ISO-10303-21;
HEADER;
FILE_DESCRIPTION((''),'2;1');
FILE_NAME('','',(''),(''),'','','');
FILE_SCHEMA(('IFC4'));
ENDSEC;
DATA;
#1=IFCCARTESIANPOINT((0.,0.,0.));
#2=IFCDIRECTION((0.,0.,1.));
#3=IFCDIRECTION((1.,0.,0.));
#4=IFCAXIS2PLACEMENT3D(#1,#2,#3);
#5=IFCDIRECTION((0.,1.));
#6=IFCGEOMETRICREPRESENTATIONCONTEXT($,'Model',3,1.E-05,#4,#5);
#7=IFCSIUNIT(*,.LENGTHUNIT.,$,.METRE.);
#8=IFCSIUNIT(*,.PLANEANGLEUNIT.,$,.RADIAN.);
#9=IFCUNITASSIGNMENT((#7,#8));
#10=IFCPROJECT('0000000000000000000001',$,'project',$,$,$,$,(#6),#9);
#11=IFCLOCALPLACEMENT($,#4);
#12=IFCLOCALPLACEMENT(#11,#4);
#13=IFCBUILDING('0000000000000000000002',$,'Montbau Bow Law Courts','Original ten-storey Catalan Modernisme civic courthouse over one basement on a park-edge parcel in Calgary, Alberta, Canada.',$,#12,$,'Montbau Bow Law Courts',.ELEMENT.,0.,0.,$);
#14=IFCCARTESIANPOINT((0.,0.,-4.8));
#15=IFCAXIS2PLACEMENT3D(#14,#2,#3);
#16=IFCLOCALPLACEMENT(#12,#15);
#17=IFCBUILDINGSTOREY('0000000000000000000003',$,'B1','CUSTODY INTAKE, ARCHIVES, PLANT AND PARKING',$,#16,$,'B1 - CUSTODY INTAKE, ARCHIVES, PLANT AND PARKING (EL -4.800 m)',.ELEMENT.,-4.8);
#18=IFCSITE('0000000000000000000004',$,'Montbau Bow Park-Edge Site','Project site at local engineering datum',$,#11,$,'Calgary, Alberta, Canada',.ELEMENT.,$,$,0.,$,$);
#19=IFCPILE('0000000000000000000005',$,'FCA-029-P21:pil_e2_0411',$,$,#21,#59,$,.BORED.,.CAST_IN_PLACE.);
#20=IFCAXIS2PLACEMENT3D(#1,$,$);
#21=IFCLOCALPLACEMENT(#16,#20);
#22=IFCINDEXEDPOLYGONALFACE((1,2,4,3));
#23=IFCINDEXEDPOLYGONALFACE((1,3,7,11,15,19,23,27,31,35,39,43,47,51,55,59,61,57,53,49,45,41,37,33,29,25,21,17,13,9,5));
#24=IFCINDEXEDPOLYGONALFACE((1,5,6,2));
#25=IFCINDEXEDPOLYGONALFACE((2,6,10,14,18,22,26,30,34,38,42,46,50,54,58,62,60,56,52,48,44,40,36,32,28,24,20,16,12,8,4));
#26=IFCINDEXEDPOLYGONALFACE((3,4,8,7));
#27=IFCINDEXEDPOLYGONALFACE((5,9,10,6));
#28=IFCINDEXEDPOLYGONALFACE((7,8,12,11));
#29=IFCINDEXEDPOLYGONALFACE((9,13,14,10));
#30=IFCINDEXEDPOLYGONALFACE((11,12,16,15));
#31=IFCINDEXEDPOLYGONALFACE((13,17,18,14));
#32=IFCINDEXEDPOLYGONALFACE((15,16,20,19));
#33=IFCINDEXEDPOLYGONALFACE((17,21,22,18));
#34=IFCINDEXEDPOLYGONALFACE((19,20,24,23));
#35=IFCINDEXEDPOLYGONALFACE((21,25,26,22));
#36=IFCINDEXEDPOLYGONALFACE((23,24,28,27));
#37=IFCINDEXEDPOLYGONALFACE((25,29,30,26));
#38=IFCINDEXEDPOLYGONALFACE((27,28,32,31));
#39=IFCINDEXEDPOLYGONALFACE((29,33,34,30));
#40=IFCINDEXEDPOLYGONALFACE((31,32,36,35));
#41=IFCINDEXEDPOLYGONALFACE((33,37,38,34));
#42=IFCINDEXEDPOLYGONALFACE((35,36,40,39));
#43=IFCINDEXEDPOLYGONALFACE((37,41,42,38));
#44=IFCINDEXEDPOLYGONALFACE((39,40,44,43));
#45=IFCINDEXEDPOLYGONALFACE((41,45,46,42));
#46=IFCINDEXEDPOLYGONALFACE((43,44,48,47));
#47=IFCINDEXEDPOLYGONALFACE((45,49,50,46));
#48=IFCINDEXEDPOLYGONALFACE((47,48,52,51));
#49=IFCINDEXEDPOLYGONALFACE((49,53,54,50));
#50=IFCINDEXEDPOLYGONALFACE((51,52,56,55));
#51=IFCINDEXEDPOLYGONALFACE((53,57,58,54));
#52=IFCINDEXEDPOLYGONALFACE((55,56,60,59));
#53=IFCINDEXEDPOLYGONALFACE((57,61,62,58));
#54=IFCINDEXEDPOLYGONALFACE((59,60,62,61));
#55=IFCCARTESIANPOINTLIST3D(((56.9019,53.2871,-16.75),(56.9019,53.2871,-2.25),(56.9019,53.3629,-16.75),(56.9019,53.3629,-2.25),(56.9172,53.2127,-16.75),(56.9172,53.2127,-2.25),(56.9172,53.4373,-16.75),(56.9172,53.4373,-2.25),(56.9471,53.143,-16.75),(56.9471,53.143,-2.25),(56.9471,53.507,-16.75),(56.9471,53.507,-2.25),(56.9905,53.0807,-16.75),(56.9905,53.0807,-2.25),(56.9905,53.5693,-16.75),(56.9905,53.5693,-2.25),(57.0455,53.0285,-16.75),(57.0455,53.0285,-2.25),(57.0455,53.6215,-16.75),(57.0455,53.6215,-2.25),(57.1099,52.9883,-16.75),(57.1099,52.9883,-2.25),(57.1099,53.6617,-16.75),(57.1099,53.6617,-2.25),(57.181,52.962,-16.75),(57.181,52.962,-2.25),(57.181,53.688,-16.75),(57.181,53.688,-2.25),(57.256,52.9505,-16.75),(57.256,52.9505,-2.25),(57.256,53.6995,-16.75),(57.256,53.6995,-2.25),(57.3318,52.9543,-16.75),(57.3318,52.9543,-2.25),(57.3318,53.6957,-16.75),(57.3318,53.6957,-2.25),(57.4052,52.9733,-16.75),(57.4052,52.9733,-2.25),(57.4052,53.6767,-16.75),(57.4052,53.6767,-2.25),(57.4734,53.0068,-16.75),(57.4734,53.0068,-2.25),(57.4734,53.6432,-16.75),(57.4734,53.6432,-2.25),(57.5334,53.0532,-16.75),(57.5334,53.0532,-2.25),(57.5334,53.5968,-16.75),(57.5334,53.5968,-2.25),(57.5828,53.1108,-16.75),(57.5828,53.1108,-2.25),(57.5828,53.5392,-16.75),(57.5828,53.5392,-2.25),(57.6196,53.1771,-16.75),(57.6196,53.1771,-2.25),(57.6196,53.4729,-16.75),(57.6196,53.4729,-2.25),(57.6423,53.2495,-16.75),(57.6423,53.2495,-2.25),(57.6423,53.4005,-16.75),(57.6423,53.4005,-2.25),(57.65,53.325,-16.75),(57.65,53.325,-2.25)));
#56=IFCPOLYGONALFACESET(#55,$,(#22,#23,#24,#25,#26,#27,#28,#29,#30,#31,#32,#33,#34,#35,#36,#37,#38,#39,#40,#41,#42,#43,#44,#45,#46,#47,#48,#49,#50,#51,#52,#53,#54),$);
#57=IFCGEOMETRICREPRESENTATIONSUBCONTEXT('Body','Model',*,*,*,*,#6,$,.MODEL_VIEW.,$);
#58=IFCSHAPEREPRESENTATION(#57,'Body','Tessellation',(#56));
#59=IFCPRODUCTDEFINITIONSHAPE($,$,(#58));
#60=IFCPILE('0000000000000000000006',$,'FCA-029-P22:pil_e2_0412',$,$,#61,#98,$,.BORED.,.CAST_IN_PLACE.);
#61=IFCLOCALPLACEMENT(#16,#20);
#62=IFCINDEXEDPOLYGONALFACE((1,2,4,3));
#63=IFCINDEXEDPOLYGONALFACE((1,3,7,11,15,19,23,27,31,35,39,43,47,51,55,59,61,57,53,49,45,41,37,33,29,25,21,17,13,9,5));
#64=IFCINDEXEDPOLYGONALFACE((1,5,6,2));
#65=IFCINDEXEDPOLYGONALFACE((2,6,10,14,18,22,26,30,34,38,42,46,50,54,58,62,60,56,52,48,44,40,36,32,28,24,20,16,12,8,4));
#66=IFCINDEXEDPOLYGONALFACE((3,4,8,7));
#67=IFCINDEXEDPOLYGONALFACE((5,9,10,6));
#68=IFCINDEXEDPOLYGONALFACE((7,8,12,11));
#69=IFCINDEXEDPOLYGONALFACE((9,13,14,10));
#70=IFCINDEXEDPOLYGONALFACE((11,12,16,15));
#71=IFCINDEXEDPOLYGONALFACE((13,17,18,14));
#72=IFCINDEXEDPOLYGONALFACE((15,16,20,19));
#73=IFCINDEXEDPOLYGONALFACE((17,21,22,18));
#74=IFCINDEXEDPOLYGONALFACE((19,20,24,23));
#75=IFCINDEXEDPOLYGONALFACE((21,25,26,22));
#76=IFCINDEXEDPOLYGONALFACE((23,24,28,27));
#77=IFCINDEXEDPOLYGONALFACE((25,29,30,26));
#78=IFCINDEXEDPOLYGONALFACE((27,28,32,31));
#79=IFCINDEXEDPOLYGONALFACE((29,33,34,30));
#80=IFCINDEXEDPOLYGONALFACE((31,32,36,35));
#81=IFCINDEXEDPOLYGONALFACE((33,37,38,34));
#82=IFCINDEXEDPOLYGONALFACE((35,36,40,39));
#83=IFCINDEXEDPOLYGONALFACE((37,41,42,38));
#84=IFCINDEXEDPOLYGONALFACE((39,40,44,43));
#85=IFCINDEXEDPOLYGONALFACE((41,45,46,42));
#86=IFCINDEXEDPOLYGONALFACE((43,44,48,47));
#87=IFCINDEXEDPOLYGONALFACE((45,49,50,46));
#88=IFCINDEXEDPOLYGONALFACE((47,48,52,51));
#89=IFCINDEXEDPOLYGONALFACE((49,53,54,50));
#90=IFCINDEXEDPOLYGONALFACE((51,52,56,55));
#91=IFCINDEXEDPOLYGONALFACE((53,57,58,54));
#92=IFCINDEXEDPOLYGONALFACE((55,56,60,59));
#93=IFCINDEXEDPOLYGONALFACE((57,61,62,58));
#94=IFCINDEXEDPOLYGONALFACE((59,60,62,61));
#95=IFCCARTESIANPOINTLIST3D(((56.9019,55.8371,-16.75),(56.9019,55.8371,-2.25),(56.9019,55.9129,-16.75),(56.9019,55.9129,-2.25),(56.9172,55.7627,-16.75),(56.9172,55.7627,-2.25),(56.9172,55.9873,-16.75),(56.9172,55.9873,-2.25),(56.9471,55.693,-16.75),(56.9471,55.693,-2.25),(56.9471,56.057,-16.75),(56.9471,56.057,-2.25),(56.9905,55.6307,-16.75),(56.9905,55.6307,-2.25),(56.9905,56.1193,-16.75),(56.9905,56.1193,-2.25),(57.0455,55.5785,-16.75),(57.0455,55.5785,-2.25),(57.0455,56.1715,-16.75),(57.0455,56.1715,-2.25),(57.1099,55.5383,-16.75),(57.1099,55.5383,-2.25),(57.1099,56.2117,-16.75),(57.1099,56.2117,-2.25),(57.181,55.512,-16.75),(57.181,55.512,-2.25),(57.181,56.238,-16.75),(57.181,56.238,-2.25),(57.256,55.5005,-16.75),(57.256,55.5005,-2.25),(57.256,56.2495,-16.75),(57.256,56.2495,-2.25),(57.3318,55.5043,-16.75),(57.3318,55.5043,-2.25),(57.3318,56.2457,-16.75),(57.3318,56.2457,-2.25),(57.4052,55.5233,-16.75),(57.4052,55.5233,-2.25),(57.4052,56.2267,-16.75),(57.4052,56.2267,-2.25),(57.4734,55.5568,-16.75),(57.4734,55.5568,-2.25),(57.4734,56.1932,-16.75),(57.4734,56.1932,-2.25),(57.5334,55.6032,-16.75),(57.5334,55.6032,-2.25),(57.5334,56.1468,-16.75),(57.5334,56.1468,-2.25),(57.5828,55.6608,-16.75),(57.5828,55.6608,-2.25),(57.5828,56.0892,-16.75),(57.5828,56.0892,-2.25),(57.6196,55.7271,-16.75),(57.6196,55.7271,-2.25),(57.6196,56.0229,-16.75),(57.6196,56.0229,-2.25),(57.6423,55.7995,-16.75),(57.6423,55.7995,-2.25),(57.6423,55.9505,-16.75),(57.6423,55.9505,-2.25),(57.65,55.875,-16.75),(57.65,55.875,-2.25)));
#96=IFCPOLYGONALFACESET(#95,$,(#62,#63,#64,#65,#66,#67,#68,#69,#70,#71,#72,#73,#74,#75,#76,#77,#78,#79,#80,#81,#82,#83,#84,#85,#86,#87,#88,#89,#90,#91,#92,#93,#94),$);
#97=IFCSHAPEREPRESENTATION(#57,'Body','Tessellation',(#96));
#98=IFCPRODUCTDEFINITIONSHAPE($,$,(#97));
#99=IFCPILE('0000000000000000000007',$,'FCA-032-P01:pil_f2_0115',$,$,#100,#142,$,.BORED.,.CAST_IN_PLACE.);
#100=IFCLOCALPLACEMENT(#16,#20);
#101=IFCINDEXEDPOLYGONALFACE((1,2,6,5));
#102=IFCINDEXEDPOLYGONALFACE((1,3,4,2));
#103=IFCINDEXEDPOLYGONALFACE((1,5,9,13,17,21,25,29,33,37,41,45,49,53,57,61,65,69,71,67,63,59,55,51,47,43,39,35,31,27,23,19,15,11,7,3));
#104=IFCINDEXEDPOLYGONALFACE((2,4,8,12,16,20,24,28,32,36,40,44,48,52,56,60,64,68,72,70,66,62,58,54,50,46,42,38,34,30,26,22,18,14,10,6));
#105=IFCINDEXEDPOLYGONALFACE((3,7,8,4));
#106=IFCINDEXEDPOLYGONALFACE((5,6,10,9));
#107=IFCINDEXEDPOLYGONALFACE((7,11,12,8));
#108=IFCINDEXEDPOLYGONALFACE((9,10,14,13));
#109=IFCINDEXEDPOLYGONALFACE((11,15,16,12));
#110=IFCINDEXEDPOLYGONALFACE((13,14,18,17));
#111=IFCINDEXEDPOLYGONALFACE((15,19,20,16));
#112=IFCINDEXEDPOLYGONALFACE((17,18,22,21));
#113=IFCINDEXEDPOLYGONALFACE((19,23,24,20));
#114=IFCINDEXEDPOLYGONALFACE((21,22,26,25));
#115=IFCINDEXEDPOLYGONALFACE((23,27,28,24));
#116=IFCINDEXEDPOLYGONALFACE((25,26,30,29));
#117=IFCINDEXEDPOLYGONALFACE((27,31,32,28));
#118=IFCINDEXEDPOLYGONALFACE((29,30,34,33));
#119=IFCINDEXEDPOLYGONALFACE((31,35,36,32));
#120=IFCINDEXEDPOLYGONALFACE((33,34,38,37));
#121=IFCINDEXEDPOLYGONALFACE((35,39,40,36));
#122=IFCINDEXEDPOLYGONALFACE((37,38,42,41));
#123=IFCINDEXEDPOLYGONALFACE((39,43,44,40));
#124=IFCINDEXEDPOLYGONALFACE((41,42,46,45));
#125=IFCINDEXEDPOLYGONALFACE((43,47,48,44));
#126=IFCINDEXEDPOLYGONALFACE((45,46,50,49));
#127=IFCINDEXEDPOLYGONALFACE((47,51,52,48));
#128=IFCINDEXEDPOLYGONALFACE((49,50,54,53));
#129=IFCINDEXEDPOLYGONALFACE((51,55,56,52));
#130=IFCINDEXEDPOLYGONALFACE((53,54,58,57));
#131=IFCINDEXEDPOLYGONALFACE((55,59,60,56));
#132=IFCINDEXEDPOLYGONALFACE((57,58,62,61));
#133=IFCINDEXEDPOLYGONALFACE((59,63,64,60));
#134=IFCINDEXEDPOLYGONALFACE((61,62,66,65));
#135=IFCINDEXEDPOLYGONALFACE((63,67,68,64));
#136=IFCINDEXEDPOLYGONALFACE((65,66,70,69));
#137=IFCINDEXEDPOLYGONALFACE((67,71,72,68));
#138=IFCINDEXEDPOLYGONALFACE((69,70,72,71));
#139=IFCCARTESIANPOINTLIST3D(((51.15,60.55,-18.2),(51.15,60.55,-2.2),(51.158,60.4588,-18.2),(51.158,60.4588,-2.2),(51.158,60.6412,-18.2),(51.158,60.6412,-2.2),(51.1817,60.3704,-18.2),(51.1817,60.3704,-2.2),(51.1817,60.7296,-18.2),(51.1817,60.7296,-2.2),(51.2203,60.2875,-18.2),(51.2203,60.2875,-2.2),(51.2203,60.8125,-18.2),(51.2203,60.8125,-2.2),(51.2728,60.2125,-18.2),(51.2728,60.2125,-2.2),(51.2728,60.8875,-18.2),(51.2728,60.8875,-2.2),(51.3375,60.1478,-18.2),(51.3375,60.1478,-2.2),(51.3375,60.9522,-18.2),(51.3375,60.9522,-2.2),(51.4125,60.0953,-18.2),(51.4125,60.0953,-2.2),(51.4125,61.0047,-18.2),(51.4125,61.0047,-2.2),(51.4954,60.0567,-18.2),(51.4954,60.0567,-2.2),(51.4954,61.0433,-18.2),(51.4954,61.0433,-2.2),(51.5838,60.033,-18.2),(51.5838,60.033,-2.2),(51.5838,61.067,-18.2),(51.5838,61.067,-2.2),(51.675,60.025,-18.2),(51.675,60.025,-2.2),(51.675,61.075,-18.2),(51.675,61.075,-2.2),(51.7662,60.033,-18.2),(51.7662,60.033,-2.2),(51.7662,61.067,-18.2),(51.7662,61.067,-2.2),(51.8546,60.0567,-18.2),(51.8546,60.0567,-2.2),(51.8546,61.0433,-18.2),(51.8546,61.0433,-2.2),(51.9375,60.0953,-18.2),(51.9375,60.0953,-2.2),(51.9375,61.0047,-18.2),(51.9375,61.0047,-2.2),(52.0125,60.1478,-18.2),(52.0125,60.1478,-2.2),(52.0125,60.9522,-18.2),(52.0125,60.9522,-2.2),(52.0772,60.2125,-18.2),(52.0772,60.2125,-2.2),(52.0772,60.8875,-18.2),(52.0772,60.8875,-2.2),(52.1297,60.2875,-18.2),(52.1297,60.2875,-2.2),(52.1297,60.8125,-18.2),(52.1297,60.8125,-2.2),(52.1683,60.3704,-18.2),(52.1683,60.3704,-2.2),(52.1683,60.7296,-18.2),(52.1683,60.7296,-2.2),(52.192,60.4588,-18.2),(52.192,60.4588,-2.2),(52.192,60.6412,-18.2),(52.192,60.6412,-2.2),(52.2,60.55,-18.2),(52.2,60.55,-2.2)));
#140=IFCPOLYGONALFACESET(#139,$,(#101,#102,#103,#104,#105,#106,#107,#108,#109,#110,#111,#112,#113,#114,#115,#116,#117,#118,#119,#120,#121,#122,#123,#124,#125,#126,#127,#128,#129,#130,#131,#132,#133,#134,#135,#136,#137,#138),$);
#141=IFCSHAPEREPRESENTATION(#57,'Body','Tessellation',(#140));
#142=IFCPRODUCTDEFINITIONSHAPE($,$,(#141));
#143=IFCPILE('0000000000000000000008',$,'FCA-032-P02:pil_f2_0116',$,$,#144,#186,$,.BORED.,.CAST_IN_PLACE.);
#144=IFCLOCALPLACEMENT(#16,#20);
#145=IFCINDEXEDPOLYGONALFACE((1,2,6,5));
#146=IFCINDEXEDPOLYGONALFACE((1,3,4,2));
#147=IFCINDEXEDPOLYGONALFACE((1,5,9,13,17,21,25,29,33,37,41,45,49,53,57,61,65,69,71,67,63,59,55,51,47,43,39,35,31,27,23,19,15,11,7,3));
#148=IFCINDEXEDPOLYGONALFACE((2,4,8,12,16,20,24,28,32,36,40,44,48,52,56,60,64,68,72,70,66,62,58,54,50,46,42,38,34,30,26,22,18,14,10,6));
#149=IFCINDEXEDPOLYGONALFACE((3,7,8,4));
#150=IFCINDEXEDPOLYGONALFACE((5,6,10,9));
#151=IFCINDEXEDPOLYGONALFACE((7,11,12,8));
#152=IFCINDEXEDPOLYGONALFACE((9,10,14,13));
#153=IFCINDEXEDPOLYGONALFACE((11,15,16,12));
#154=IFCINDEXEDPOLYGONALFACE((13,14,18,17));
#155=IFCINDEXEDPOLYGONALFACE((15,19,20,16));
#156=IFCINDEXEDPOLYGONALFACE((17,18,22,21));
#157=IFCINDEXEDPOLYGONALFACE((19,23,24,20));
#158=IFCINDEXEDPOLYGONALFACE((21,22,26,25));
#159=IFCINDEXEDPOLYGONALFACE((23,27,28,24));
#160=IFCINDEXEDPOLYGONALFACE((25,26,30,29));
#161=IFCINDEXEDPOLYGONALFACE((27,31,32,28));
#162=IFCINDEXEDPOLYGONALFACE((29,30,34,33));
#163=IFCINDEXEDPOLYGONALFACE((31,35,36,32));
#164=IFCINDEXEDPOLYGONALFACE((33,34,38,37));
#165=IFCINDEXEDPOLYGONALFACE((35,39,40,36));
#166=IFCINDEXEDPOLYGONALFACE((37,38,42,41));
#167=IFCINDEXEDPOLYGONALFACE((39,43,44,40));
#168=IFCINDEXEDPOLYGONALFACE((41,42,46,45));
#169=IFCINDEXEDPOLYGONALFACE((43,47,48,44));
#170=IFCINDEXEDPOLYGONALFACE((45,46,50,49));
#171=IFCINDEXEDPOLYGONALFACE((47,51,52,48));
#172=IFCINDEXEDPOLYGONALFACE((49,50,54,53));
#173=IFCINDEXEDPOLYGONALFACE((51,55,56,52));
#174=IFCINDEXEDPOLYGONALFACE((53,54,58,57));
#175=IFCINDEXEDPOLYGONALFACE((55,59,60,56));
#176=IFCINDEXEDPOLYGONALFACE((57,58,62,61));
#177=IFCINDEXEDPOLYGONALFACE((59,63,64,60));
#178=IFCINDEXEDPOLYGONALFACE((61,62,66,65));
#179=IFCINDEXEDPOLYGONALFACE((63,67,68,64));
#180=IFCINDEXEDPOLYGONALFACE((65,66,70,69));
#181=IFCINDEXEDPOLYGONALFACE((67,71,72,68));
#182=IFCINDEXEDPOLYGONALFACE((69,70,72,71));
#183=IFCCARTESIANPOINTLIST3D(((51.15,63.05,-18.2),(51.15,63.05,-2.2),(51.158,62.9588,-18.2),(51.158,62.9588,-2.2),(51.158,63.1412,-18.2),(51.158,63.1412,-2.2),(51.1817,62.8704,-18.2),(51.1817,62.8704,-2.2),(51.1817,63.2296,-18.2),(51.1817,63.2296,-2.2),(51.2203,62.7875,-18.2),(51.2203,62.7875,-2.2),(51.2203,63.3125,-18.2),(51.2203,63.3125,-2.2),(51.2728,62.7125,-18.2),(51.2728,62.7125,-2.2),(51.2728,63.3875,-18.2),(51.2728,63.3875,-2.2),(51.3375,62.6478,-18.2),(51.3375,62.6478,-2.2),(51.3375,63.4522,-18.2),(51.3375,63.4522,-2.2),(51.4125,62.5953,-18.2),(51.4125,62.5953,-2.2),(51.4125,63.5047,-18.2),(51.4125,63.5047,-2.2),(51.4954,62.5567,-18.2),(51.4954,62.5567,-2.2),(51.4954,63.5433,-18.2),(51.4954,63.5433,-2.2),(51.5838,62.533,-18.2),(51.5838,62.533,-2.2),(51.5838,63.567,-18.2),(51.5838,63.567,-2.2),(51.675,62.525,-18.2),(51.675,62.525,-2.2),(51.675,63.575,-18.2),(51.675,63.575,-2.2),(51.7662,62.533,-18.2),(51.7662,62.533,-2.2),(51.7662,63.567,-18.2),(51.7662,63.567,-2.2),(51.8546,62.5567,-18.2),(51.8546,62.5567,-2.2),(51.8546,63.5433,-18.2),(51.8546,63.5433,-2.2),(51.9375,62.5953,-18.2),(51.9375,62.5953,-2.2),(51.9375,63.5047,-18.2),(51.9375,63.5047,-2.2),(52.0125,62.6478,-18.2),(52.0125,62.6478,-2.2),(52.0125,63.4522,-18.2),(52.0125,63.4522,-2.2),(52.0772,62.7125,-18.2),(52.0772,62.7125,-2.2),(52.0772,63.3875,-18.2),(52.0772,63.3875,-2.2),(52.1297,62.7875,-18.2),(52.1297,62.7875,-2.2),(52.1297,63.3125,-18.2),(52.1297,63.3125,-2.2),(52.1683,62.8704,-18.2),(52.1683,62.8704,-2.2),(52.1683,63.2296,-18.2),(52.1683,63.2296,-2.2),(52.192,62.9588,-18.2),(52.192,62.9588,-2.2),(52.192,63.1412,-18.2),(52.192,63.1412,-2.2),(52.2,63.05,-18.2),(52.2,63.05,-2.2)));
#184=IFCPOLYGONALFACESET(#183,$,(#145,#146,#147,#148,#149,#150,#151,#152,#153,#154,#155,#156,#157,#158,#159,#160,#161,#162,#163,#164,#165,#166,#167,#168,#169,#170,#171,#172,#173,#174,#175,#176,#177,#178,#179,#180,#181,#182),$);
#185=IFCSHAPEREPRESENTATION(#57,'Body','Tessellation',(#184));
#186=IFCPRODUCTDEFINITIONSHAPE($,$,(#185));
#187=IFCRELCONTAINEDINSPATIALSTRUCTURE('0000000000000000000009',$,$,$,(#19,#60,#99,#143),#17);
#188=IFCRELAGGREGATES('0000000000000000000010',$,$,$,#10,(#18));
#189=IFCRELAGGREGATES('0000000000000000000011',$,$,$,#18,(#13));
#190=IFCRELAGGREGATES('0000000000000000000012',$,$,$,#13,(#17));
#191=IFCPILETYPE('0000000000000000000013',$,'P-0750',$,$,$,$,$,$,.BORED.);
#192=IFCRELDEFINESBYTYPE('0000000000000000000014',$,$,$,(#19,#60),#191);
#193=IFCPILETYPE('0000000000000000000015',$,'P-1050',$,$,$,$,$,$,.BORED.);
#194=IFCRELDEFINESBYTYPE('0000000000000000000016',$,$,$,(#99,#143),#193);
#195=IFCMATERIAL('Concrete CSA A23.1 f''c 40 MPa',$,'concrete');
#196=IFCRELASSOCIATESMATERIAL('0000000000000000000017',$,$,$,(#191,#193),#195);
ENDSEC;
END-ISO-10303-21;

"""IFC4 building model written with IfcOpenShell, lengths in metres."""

from ifc_helpers import new_model, si_unit, direction, frame, origin_with_axes, origin_2d_with_axis, place, context, subcontext, project, spatial, circle, extrude, material, material_profile, profile_set, type_object, element, save


model = new_model("IFC4")

# Units and contexts
model_context = context("Model", 3, precision=1e-05, world=origin_with_axes(), true_north=direction((0.0, 1.0)))
body_context = subcontext(model_context, "Body", "Model", "MODEL_VIEW")
ifc_project = project(units=[si_unit("LENGTHUNIT", "METRE"), si_unit("PLANEANGLEUNIT", "RADIAN")], contexts=[model_context])

# Site, building, storey
site_placement = place(None, origin_with_axes())
site = spatial("IfcSite", under=ifc_project, at=site_placement, Name="Montbau Bow Park-Edge Site", Description="Project site at local engineering datum", LongName="Calgary, Alberta, Canada", CompositionType="ELEMENT", RefElevation=0.0)
building_placement = place(site_placement, origin_with_axes())
building = spatial("IfcBuilding", under=site, at=building_placement, Name="Montbau Bow Law Courts", Description="Original ten-storey Catalan Modernisme civic courthouse over one basement on a park-edge parcel in Calgary, Alberta, Canada.", LongName="Montbau Bow Law Courts", CompositionType="ELEMENT", ElevationOfRefHeight=0.0, ElevationOfTerrain=0.0)
storey_placement = place(building_placement, frame((0.0, 0.0, -4.8), z_axis=(0.0, 0.0, 1.0), x_axis=(1.0, 0.0, 0.0)))
storey = spatial("IfcBuildingStorey", under=building, at=storey_placement, Name="B1", Description="CUSTODY INTAKE, ARCHIVES, PLANT AND PARKING", LongName="B1 - CUSTODY INTAKE, ARCHIVES, PLANT AND PARKING (EL -4.800 m)", CompositionType="ELEMENT", Elevation=-4.8)

# Piles
ifc_material_1 = material(Name="Concrete CSA A23.1 f'c 40 MPa", Category="concrete")
ifc_material_profile_1 = material_profile(ifc_material_1, circle(Radius=0.375, at=origin_2d_with_axis()), Name="BP750", Category="Main", Priority=0)
ifc_profile_set_1 = profile_set([ifc_material_profile_1], Name="Concrete CSA A23.1 f'c 40 MPa")
pile_type_1 = type_object("IfcPileType", Name="P-0750", PredefinedType="BORED", material=ifc_profile_set_1)
for number, where, z_axis, x_axis, name in (
    (1, (57.275, 53.325, -21.55), (0.0, 0.0, 1.0), (1.0, 0.0, 0.0), "FCA-029-P21:pil_e2_0411"),
    (2, (57.275, 55.875, -21.55), (0.0, 0.0, 1.0), (1.0, 0.0, 0.0), "FCA-029-P22:pil_e2_0412"),
):
    element("IfcPile", number, at=place(None, frame(where, z_axis=z_axis, x_axis=x_axis)), inside=storey, type_object=pile_type_1, Name=name, ConstructionType="CAST_IN_PLACE", PredefinedType="BORED", context=body_context, shape_type="SweptSolid", body=[
        extrude(circle(Radius=0.375, at=origin_2d_with_axis()), origin_with_axes(), (0.0, 0.0, 1.0), 14.5),
    ])
ifc_material_profile_2 = material_profile(ifc_material_1, circle(Radius=0.525, at=origin_2d_with_axis()), Name="BP1050", Category="Main", Priority=0)
ifc_profile_set_2 = profile_set([ifc_material_profile_2], Name="Concrete CSA A23.1 f'c 40 MPa")
pile_type_2 = type_object("IfcPileType", Name="P-1050", PredefinedType="BORED", material=ifc_profile_set_2)
for number, where, z_axis, x_axis, name in (
    (3, (51.675, 60.55, -23.0), (0.0, 0.0, 1.0), (1.0, 0.0, 0.0), "FCA-032-P01:pil_f2_0115"),
    (4, (51.675, 63.05, -23.0), (0.0, 0.0, 1.0), (1.0, 0.0, 0.0), "FCA-032-P02:pil_f2_0116"),
):
    element("IfcPile", number, at=place(None, frame(where, z_axis=z_axis, x_axis=x_axis)), inside=storey, type_object=pile_type_2, Name=name, ConstructionType="CAST_IN_PLACE", PredefinedType="BORED", context=body_context, shape_type="SweptSolid", body=[
        extrude(circle(Radius=0.525, at=origin_2d_with_axis()), origin_with_axes(), (0.0, 0.0, 1.0), 16.0),
    ])

save(model, "model.ifc")
